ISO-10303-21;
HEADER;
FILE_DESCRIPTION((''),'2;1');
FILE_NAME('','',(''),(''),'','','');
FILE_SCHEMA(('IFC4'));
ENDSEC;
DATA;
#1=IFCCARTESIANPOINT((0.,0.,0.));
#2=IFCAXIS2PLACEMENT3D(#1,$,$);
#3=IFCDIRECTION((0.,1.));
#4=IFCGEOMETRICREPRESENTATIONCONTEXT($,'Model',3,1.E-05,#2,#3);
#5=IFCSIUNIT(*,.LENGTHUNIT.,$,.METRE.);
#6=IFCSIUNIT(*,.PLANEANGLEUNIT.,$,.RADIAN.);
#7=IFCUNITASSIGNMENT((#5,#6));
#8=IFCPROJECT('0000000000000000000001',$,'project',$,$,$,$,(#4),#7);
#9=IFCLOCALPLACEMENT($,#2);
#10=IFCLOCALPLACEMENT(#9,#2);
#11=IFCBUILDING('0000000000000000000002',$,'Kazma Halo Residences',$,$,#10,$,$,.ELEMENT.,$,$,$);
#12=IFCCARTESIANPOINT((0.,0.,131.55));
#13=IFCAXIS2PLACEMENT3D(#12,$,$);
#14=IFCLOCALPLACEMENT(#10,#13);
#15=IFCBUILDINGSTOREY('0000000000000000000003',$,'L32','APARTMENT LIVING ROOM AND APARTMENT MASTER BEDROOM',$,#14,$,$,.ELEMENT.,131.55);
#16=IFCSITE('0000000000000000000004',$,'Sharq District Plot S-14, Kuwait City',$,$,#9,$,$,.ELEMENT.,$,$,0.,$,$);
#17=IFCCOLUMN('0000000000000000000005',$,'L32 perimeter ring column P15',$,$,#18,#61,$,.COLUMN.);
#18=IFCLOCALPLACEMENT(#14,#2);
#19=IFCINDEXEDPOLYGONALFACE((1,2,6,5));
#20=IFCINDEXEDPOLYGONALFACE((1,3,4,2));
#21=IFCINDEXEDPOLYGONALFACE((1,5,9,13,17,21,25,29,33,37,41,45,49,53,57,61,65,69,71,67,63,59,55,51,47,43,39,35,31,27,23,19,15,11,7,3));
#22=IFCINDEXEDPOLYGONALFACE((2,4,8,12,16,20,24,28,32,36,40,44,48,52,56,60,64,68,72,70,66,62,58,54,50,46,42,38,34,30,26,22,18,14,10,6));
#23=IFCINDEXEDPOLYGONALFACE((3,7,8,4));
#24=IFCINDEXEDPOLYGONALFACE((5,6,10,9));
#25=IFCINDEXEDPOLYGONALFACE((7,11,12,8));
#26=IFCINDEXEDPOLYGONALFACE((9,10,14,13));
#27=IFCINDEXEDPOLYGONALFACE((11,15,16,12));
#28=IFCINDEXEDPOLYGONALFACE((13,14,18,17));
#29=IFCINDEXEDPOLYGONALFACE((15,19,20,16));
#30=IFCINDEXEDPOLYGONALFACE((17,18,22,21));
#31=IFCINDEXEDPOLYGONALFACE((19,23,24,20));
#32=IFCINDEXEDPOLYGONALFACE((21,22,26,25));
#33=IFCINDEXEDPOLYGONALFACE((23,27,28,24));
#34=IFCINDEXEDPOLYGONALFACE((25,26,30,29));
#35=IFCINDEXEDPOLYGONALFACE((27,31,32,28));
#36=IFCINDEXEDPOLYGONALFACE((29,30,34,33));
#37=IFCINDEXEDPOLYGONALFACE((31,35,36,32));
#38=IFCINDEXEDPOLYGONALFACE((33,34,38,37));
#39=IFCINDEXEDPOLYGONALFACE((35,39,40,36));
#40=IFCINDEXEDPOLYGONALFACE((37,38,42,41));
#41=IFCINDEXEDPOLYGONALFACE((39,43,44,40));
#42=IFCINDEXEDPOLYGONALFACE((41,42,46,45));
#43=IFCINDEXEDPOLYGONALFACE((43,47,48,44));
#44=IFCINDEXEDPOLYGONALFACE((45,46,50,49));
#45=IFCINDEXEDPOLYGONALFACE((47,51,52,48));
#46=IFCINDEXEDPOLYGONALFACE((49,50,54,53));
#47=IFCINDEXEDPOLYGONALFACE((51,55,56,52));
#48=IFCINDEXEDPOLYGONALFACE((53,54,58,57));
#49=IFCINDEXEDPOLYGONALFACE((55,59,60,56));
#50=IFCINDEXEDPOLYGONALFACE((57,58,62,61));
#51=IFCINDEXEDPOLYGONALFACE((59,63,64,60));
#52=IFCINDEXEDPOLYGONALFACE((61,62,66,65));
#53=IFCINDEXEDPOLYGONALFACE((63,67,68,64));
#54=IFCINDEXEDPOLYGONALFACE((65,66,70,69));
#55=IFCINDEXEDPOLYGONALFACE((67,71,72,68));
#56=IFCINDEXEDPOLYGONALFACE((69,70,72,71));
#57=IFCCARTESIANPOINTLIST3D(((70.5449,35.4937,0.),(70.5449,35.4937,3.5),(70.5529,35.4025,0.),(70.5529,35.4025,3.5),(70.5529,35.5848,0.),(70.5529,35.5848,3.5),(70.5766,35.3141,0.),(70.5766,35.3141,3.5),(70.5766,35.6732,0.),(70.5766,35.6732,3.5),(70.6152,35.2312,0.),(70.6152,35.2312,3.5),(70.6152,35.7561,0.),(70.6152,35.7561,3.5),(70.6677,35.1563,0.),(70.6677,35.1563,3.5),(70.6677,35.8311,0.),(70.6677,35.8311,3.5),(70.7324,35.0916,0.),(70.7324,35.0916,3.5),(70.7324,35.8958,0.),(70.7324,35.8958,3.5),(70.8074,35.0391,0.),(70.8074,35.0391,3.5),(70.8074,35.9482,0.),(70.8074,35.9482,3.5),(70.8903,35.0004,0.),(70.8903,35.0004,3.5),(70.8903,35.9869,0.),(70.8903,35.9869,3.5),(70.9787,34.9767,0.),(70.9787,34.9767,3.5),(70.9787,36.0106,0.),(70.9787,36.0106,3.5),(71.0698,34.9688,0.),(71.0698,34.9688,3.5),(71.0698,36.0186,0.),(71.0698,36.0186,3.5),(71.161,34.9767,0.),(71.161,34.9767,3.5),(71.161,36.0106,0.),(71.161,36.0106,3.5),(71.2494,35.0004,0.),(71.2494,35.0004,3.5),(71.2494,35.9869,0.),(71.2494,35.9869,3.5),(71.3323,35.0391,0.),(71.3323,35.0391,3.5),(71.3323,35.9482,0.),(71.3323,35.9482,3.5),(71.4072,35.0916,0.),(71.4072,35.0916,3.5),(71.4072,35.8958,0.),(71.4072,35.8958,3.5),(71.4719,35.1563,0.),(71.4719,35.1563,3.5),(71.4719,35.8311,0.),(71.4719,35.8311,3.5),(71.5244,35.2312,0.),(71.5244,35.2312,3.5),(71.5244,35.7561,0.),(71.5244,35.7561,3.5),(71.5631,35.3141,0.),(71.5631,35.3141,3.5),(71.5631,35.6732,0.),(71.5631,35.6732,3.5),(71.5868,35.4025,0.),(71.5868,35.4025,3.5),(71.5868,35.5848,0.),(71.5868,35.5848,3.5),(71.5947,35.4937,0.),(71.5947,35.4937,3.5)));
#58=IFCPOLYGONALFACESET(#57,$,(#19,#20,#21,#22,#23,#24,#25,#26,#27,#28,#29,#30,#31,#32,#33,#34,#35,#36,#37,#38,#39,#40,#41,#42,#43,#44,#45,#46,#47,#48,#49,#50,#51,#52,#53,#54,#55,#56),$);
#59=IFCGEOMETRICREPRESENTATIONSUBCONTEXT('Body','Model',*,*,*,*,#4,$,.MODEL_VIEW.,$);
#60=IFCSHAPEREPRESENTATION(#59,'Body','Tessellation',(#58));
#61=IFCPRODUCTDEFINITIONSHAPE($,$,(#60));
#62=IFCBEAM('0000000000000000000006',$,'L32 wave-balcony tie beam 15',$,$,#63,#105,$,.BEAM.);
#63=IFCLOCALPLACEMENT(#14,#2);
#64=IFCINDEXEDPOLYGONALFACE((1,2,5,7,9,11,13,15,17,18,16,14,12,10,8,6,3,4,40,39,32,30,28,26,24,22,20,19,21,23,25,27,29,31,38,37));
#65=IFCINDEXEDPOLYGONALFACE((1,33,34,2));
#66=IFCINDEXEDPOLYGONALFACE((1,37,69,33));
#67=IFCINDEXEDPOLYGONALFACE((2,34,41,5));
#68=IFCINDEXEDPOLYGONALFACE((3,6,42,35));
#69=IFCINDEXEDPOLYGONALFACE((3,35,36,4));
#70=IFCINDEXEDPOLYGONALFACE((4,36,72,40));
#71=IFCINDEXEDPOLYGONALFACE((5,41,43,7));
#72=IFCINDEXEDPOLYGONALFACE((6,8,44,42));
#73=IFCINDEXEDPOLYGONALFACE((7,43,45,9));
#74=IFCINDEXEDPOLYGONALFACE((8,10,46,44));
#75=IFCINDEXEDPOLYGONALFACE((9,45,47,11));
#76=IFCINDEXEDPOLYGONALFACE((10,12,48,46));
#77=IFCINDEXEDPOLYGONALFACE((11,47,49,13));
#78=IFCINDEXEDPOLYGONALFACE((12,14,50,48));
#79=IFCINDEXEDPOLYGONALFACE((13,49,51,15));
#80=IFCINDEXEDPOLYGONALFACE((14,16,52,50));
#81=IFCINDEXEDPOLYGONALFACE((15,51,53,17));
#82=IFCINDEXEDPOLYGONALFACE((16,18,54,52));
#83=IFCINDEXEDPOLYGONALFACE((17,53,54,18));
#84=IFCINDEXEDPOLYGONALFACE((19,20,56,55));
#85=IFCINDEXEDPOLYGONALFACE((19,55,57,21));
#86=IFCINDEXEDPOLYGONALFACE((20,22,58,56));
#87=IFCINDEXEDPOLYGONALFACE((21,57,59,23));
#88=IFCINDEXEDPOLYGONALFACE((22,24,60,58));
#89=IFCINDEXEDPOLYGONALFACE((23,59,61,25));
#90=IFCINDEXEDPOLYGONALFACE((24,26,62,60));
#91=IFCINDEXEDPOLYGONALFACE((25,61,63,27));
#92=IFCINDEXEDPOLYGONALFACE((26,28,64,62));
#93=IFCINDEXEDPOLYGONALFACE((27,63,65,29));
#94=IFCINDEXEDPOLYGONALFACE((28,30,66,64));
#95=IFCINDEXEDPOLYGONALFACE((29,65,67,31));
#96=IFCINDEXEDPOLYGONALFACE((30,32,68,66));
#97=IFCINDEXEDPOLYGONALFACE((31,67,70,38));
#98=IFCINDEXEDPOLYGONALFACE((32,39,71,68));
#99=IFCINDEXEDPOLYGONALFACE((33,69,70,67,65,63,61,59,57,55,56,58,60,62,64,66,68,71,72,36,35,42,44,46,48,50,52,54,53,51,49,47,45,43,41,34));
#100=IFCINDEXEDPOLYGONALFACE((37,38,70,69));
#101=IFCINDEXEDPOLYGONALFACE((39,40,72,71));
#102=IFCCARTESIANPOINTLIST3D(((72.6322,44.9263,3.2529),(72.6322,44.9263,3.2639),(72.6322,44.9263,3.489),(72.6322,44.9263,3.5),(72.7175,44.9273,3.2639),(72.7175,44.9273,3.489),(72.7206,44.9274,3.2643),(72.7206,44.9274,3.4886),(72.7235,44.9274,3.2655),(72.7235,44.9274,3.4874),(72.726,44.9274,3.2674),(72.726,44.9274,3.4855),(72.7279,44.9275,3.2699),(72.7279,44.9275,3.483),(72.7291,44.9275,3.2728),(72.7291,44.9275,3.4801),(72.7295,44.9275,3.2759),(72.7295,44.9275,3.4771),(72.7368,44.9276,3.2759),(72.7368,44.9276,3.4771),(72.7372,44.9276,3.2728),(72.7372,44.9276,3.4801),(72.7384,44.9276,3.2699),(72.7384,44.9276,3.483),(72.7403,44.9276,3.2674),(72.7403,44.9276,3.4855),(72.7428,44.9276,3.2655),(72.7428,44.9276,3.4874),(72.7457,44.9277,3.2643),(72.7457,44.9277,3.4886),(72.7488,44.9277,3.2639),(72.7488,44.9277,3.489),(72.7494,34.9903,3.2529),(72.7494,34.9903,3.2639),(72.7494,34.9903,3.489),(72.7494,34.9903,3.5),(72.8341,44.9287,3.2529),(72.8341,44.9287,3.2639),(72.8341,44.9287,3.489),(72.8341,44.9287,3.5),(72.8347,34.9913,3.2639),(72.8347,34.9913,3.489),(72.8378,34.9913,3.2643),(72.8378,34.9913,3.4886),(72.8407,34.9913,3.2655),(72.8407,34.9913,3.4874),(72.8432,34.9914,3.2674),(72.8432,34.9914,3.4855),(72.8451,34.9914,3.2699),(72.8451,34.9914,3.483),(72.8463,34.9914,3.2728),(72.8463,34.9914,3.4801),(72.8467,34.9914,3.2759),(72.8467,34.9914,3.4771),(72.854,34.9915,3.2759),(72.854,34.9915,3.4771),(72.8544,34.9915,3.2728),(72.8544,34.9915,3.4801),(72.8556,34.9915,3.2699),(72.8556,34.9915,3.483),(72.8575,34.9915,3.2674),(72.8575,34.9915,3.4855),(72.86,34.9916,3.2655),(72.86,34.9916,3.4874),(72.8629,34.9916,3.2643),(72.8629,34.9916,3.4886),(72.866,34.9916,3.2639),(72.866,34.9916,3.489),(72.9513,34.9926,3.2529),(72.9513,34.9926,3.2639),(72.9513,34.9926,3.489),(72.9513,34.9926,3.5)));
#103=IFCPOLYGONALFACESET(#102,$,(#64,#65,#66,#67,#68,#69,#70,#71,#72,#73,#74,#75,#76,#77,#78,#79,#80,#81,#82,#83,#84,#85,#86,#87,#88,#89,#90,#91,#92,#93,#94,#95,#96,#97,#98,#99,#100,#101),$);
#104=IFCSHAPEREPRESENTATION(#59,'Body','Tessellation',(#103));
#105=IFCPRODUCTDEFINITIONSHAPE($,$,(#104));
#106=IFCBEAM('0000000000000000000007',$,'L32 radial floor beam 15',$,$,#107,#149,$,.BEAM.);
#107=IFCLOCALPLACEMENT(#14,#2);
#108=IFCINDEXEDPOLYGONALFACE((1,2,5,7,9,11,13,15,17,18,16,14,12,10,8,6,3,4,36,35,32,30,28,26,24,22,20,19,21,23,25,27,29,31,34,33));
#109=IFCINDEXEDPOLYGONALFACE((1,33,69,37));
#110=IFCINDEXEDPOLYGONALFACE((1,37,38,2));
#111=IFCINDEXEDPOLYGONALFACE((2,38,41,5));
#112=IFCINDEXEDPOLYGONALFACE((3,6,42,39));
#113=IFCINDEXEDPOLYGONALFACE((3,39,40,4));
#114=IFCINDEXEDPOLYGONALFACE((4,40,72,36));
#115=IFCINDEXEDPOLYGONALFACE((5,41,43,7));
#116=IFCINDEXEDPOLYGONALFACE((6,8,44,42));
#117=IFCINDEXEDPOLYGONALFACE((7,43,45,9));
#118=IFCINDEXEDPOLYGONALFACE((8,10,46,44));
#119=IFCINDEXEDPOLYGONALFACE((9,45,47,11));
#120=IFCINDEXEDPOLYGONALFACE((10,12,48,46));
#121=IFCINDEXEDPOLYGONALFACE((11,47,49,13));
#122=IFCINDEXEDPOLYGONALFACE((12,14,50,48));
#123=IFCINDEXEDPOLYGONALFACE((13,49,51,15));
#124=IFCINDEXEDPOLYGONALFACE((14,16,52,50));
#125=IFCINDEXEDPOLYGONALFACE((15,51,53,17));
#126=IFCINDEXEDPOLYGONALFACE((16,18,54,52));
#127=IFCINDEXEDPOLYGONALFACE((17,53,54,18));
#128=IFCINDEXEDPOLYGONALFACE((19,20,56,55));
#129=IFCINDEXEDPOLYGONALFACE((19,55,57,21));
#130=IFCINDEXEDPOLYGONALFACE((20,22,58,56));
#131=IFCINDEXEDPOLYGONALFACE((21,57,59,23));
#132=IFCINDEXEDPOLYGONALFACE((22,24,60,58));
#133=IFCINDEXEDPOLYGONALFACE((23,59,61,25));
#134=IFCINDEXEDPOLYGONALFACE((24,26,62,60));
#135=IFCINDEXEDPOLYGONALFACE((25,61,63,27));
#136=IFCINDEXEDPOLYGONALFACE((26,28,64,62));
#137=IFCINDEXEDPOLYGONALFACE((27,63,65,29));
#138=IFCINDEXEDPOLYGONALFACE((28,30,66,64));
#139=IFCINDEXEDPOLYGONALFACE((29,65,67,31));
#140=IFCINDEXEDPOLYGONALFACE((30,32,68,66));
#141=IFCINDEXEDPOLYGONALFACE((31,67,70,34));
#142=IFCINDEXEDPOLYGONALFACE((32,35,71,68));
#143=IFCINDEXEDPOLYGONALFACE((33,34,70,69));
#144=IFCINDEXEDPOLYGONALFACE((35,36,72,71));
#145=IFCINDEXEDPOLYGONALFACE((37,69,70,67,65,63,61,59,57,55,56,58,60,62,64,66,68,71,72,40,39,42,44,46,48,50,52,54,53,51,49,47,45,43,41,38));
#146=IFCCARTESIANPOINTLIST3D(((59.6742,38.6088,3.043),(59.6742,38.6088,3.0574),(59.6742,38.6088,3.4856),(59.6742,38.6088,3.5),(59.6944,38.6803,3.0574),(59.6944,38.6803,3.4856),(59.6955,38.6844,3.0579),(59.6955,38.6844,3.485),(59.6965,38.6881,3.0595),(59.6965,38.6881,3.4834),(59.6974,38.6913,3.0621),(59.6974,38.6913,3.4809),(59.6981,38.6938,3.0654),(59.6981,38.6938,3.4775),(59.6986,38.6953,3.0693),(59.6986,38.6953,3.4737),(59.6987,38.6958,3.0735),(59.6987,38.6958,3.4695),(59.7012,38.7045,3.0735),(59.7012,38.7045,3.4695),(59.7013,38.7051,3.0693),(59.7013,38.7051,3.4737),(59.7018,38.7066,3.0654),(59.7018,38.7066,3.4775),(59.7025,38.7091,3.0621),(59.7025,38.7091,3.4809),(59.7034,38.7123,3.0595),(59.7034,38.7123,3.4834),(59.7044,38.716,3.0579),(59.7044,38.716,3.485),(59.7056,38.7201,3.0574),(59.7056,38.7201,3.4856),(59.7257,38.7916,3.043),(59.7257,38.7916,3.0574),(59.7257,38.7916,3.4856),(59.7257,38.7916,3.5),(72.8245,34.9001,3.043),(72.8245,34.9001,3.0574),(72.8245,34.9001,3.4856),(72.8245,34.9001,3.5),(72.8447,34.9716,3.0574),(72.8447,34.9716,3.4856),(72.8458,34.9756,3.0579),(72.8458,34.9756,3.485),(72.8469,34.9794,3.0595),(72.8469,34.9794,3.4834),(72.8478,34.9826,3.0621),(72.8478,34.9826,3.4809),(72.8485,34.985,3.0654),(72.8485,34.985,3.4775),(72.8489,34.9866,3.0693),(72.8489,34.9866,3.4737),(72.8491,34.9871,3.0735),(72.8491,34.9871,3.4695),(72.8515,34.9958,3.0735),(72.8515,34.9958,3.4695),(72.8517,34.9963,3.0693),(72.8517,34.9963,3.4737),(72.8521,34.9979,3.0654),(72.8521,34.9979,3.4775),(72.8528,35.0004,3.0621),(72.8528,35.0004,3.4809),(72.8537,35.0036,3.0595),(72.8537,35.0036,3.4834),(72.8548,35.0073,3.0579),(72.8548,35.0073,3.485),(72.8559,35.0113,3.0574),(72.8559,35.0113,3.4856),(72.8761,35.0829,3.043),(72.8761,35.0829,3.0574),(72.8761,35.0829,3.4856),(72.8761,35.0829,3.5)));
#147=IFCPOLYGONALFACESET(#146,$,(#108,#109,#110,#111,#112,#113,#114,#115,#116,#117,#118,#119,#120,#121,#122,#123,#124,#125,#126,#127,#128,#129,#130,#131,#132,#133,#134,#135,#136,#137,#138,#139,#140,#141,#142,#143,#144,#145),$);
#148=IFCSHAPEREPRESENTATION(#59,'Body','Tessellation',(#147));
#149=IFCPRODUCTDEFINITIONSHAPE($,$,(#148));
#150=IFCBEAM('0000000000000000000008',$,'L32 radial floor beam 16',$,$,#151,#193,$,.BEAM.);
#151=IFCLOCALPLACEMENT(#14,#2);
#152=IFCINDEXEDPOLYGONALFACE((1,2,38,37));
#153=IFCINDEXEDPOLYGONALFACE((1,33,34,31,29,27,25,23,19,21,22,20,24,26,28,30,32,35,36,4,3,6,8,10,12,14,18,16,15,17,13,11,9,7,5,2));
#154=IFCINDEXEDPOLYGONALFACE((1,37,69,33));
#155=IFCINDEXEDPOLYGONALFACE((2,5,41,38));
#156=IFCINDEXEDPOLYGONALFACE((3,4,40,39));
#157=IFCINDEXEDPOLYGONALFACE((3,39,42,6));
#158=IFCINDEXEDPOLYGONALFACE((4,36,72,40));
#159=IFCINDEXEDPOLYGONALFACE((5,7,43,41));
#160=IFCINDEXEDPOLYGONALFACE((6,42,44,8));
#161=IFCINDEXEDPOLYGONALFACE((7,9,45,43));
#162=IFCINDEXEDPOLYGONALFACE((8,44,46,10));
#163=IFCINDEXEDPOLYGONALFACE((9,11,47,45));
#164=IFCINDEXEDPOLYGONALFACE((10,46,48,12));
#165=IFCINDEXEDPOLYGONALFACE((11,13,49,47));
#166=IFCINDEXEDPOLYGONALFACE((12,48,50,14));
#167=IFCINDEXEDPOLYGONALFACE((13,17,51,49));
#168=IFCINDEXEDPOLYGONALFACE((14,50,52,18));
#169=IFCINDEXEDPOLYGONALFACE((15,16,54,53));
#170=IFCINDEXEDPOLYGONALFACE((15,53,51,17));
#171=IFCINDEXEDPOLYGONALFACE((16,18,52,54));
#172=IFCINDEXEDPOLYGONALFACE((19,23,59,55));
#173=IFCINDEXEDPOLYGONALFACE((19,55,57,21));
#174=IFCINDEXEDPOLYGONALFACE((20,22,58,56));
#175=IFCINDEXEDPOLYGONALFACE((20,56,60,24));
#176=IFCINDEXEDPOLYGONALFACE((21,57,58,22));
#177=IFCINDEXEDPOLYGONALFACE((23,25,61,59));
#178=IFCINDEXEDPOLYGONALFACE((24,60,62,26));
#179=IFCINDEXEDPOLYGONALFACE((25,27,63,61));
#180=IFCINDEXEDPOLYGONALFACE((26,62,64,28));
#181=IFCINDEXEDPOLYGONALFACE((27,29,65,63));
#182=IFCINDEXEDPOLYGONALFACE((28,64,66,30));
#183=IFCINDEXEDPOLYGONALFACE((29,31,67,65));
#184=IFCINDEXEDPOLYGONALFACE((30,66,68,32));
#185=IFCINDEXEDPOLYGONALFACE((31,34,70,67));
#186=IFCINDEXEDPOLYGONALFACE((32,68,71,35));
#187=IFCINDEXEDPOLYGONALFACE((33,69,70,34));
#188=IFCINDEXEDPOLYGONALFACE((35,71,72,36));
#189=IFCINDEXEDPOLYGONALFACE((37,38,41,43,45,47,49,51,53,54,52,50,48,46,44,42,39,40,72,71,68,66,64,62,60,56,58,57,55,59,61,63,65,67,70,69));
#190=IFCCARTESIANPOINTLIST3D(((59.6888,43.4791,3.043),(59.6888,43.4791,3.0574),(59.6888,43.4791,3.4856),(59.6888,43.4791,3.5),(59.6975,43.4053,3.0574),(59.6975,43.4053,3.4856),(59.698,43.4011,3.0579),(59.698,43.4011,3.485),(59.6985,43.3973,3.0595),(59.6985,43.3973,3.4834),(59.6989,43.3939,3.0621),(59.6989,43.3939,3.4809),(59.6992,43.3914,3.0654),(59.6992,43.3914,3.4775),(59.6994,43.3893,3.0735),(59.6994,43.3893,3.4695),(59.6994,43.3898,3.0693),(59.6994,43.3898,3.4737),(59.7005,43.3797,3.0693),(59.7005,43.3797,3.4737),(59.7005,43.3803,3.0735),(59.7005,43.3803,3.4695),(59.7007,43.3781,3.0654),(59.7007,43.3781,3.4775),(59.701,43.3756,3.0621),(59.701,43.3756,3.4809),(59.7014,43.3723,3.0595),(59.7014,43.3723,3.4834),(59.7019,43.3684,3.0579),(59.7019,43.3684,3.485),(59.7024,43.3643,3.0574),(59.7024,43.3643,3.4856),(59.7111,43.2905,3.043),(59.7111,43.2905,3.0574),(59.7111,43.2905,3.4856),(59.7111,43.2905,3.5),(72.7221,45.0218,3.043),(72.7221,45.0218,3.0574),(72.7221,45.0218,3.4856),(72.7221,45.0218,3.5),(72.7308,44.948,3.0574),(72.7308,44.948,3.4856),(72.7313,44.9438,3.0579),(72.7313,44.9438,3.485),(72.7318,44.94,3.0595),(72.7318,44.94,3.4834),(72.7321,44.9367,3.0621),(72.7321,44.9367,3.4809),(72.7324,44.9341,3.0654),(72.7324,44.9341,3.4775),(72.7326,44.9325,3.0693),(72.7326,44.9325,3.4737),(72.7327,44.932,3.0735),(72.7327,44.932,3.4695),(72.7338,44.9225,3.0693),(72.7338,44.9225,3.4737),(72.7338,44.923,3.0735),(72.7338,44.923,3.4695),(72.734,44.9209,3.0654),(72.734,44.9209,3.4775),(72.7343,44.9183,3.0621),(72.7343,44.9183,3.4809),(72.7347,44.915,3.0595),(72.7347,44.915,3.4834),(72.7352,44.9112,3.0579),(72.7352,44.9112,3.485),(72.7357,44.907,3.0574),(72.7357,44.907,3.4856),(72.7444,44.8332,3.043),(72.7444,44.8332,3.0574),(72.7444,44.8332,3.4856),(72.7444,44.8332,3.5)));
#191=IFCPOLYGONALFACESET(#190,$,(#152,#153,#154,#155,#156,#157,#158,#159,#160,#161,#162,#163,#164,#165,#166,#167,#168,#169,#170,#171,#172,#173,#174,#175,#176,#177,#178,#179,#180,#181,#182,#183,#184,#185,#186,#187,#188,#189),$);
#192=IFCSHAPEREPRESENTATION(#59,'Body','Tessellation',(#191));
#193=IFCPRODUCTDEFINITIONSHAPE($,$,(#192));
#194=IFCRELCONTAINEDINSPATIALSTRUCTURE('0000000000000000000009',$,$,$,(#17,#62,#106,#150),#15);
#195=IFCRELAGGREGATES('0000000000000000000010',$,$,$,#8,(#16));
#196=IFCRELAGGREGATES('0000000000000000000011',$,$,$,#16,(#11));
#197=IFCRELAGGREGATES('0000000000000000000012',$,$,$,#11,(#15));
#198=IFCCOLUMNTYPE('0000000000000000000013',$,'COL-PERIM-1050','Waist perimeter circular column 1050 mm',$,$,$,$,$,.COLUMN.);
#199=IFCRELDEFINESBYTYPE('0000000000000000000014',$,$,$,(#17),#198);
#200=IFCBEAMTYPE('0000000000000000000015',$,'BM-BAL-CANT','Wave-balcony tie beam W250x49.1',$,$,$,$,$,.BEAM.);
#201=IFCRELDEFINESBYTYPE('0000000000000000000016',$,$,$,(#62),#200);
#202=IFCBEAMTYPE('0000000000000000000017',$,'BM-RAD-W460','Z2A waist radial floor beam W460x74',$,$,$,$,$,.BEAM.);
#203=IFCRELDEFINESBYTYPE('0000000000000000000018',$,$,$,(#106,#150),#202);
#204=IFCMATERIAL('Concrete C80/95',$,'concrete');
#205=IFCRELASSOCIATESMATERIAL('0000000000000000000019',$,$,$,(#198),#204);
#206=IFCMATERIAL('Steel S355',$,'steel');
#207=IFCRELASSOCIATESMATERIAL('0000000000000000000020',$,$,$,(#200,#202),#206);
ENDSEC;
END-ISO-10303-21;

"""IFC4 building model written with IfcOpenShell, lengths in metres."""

from ifc_helpers import new_model, si_unit, direction, frame, origin, origin_2d, place, context, subcontext, project, spatial, circle, i_section, extrude, material, material_profile, profile_set, type_object, element, save


model = new_model("IFC4")

# Units and contexts
model_context = context("Model", 3, precision=1e-05, world=origin(), true_north=direction((0.0, 1.0)))
body_context = subcontext(model_context, "Body", "Model", "MODEL_VIEW")
ifc_project = project(units=[si_unit("LENGTHUNIT", "METRE"), si_unit("PLANEANGLEUNIT", "RADIAN")], contexts=[model_context])

# Site, building, storey
site_placement = place(None, origin())
site = spatial("IfcSite", under=ifc_project, at=site_placement, Name="Sharq District Plot S-14, Kuwait City", CompositionType="ELEMENT", RefElevation=0.0)
building_placement = place(site_placement, origin())
building = spatial("IfcBuilding", under=site, at=building_placement, Name="Kazma Halo Residences", CompositionType="ELEMENT")
storey_placement = place(building_placement, frame((0.0, 0.0, 131.55)))
storey = spatial("IfcBuildingStorey", under=building, at=storey_placement, Name="L32", Description="APARTMENT LIVING ROOM AND APARTMENT MASTER BEDROOM", CompositionType="ELEMENT", Elevation=131.55)

# Column
ifc_material_1 = material(Name="Concrete C80/95", Category="concrete")
ifc_material_profile_1 = material_profile(ifc_material_1, circle(Radius=0.5249, at=origin_2d()), Name="CIRC1050")
ifc_profile_set_1 = profile_set([ifc_material_profile_1], Name="Concrete C80/95")
column_type = type_object("IfcColumnType", Name="COL-PERIM-1050", Description="Waist perimeter circular column 1050 mm", PredefinedType="COLUMN", material=ifc_profile_set_1)
column_placement = place(storey_placement, frame((71.0698, 35.4937, 0.0), z_axis=(0.0, 0.0, 1.0), x_axis=(1.0, 0.0, 0.0)))
element("IfcColumn", 1, at=column_placement, inside=storey, type_object=column_type, Name="L32 perimeter ring column P15", PredefinedType="COLUMN", context=body_context, shape_type="SweptSolid", body=[
    extrude(circle(Radius=0.5249, at=origin_2d()), origin(), (0.0, 0.0, 1.0), 3.5),
])

# Beams
ifc_material_2 = material(Name="Steel S355", Category="steel")
ifc_material_profile_2 = material_profile(ifc_material_2, i_section(OverallWidth=0.2019, OverallDepth=0.2471, WebThickness=0.0073, FlangeThickness=0.011, FilletRadius=0.012, at=origin_2d()), Name="W250x49.1")
ifc_profile_set_2 = profile_set([ifc_material_profile_2], Name="Steel S355")
beam_type_1 = type_object("IfcBeamType", Name="BM-BAL-CANT", Description="Wave-balcony tie beam W250x49.1", PredefinedType="BEAM", material=ifc_profile_set_2)
beam_1_placement = place(storey_placement, frame((72.8503, 34.9915, 3.3765), z_axis=(-0.011793, 0.99993, 0.0), x_axis=(-0.99993, -0.011793, 0.0)))
element("IfcBeam", 2, at=beam_1_placement, inside=storey, type_object=beam_type_1, Name="L32 wave-balcony tie beam 15", PredefinedType="BEAM", context=body_context, shape_type="SweptSolid", body=[
    extrude(i_section(OverallWidth=0.2019, OverallDepth=0.2471, WebThickness=0.0073, FlangeThickness=0.011, FilletRadius=0.012, at=origin_2d()), origin(), (0.0, 0.0, 1.0), 9.9368),
])
ifc_material_profile_3 = material_profile(ifc_material_2, i_section(OverallWidth=0.1899, OverallDepth=0.457, WebThickness=0.009, FlangeThickness=0.0144, FilletRadius=0.0161, at=origin_2d()), Name="W460x74")
ifc_profile_set_3 = profile_set([ifc_material_profile_3], Name="Steel S355")
beam_type_2 = type_object("IfcBeamType", Name="BM-RAD-W460", Description="Z2A waist radial floor beam W460x74", PredefinedType="BEAM", material=ifc_profile_set_3)
beam_2_placement = place(storey_placement, frame((59.7, 38.7002, 3.2715), z_axis=(0.962456, -0.271437, 0.0), x_axis=(0.271437, 0.962456, 0.0)))
element("IfcBeam", 3, at=beam_2_placement, inside=storey, type_object=beam_type_2, Name="L32 radial floor beam 15", PredefinedType="BEAM", context=body_context, shape_type="SweptSolid", body=[
    extrude(i_section(OverallWidth=0.1899, OverallDepth=0.457, WebThickness=0.009, FlangeThickness=0.0144, FilletRadius=0.0161, at=origin_2d()), origin(), (0.0, 0.0, 1.0), 13.6633),
])
beam_3_placement = place(storey_placement, frame((59.7, 43.3848, 3.2715), z_axis=(0.993067, 0.117548, 0.0), x_axis=(-0.117548, 0.993067, 0.0)))
element("IfcBeam", 4, at=beam_3_placement, inside=storey, type_object=beam_type_2, Name="L32 radial floor beam 16", PredefinedType="BEAM", context=body_context, shape_type="SweptSolid", body=[
    extrude(i_section(OverallWidth=0.1899, OverallDepth=0.457, WebThickness=0.009, FlangeThickness=0.0144, FilletRadius=0.0161, at=origin_2d()), origin(), (0.0, 0.0, 1.0), 13.1243),
])

save(model, "model.ifc")
